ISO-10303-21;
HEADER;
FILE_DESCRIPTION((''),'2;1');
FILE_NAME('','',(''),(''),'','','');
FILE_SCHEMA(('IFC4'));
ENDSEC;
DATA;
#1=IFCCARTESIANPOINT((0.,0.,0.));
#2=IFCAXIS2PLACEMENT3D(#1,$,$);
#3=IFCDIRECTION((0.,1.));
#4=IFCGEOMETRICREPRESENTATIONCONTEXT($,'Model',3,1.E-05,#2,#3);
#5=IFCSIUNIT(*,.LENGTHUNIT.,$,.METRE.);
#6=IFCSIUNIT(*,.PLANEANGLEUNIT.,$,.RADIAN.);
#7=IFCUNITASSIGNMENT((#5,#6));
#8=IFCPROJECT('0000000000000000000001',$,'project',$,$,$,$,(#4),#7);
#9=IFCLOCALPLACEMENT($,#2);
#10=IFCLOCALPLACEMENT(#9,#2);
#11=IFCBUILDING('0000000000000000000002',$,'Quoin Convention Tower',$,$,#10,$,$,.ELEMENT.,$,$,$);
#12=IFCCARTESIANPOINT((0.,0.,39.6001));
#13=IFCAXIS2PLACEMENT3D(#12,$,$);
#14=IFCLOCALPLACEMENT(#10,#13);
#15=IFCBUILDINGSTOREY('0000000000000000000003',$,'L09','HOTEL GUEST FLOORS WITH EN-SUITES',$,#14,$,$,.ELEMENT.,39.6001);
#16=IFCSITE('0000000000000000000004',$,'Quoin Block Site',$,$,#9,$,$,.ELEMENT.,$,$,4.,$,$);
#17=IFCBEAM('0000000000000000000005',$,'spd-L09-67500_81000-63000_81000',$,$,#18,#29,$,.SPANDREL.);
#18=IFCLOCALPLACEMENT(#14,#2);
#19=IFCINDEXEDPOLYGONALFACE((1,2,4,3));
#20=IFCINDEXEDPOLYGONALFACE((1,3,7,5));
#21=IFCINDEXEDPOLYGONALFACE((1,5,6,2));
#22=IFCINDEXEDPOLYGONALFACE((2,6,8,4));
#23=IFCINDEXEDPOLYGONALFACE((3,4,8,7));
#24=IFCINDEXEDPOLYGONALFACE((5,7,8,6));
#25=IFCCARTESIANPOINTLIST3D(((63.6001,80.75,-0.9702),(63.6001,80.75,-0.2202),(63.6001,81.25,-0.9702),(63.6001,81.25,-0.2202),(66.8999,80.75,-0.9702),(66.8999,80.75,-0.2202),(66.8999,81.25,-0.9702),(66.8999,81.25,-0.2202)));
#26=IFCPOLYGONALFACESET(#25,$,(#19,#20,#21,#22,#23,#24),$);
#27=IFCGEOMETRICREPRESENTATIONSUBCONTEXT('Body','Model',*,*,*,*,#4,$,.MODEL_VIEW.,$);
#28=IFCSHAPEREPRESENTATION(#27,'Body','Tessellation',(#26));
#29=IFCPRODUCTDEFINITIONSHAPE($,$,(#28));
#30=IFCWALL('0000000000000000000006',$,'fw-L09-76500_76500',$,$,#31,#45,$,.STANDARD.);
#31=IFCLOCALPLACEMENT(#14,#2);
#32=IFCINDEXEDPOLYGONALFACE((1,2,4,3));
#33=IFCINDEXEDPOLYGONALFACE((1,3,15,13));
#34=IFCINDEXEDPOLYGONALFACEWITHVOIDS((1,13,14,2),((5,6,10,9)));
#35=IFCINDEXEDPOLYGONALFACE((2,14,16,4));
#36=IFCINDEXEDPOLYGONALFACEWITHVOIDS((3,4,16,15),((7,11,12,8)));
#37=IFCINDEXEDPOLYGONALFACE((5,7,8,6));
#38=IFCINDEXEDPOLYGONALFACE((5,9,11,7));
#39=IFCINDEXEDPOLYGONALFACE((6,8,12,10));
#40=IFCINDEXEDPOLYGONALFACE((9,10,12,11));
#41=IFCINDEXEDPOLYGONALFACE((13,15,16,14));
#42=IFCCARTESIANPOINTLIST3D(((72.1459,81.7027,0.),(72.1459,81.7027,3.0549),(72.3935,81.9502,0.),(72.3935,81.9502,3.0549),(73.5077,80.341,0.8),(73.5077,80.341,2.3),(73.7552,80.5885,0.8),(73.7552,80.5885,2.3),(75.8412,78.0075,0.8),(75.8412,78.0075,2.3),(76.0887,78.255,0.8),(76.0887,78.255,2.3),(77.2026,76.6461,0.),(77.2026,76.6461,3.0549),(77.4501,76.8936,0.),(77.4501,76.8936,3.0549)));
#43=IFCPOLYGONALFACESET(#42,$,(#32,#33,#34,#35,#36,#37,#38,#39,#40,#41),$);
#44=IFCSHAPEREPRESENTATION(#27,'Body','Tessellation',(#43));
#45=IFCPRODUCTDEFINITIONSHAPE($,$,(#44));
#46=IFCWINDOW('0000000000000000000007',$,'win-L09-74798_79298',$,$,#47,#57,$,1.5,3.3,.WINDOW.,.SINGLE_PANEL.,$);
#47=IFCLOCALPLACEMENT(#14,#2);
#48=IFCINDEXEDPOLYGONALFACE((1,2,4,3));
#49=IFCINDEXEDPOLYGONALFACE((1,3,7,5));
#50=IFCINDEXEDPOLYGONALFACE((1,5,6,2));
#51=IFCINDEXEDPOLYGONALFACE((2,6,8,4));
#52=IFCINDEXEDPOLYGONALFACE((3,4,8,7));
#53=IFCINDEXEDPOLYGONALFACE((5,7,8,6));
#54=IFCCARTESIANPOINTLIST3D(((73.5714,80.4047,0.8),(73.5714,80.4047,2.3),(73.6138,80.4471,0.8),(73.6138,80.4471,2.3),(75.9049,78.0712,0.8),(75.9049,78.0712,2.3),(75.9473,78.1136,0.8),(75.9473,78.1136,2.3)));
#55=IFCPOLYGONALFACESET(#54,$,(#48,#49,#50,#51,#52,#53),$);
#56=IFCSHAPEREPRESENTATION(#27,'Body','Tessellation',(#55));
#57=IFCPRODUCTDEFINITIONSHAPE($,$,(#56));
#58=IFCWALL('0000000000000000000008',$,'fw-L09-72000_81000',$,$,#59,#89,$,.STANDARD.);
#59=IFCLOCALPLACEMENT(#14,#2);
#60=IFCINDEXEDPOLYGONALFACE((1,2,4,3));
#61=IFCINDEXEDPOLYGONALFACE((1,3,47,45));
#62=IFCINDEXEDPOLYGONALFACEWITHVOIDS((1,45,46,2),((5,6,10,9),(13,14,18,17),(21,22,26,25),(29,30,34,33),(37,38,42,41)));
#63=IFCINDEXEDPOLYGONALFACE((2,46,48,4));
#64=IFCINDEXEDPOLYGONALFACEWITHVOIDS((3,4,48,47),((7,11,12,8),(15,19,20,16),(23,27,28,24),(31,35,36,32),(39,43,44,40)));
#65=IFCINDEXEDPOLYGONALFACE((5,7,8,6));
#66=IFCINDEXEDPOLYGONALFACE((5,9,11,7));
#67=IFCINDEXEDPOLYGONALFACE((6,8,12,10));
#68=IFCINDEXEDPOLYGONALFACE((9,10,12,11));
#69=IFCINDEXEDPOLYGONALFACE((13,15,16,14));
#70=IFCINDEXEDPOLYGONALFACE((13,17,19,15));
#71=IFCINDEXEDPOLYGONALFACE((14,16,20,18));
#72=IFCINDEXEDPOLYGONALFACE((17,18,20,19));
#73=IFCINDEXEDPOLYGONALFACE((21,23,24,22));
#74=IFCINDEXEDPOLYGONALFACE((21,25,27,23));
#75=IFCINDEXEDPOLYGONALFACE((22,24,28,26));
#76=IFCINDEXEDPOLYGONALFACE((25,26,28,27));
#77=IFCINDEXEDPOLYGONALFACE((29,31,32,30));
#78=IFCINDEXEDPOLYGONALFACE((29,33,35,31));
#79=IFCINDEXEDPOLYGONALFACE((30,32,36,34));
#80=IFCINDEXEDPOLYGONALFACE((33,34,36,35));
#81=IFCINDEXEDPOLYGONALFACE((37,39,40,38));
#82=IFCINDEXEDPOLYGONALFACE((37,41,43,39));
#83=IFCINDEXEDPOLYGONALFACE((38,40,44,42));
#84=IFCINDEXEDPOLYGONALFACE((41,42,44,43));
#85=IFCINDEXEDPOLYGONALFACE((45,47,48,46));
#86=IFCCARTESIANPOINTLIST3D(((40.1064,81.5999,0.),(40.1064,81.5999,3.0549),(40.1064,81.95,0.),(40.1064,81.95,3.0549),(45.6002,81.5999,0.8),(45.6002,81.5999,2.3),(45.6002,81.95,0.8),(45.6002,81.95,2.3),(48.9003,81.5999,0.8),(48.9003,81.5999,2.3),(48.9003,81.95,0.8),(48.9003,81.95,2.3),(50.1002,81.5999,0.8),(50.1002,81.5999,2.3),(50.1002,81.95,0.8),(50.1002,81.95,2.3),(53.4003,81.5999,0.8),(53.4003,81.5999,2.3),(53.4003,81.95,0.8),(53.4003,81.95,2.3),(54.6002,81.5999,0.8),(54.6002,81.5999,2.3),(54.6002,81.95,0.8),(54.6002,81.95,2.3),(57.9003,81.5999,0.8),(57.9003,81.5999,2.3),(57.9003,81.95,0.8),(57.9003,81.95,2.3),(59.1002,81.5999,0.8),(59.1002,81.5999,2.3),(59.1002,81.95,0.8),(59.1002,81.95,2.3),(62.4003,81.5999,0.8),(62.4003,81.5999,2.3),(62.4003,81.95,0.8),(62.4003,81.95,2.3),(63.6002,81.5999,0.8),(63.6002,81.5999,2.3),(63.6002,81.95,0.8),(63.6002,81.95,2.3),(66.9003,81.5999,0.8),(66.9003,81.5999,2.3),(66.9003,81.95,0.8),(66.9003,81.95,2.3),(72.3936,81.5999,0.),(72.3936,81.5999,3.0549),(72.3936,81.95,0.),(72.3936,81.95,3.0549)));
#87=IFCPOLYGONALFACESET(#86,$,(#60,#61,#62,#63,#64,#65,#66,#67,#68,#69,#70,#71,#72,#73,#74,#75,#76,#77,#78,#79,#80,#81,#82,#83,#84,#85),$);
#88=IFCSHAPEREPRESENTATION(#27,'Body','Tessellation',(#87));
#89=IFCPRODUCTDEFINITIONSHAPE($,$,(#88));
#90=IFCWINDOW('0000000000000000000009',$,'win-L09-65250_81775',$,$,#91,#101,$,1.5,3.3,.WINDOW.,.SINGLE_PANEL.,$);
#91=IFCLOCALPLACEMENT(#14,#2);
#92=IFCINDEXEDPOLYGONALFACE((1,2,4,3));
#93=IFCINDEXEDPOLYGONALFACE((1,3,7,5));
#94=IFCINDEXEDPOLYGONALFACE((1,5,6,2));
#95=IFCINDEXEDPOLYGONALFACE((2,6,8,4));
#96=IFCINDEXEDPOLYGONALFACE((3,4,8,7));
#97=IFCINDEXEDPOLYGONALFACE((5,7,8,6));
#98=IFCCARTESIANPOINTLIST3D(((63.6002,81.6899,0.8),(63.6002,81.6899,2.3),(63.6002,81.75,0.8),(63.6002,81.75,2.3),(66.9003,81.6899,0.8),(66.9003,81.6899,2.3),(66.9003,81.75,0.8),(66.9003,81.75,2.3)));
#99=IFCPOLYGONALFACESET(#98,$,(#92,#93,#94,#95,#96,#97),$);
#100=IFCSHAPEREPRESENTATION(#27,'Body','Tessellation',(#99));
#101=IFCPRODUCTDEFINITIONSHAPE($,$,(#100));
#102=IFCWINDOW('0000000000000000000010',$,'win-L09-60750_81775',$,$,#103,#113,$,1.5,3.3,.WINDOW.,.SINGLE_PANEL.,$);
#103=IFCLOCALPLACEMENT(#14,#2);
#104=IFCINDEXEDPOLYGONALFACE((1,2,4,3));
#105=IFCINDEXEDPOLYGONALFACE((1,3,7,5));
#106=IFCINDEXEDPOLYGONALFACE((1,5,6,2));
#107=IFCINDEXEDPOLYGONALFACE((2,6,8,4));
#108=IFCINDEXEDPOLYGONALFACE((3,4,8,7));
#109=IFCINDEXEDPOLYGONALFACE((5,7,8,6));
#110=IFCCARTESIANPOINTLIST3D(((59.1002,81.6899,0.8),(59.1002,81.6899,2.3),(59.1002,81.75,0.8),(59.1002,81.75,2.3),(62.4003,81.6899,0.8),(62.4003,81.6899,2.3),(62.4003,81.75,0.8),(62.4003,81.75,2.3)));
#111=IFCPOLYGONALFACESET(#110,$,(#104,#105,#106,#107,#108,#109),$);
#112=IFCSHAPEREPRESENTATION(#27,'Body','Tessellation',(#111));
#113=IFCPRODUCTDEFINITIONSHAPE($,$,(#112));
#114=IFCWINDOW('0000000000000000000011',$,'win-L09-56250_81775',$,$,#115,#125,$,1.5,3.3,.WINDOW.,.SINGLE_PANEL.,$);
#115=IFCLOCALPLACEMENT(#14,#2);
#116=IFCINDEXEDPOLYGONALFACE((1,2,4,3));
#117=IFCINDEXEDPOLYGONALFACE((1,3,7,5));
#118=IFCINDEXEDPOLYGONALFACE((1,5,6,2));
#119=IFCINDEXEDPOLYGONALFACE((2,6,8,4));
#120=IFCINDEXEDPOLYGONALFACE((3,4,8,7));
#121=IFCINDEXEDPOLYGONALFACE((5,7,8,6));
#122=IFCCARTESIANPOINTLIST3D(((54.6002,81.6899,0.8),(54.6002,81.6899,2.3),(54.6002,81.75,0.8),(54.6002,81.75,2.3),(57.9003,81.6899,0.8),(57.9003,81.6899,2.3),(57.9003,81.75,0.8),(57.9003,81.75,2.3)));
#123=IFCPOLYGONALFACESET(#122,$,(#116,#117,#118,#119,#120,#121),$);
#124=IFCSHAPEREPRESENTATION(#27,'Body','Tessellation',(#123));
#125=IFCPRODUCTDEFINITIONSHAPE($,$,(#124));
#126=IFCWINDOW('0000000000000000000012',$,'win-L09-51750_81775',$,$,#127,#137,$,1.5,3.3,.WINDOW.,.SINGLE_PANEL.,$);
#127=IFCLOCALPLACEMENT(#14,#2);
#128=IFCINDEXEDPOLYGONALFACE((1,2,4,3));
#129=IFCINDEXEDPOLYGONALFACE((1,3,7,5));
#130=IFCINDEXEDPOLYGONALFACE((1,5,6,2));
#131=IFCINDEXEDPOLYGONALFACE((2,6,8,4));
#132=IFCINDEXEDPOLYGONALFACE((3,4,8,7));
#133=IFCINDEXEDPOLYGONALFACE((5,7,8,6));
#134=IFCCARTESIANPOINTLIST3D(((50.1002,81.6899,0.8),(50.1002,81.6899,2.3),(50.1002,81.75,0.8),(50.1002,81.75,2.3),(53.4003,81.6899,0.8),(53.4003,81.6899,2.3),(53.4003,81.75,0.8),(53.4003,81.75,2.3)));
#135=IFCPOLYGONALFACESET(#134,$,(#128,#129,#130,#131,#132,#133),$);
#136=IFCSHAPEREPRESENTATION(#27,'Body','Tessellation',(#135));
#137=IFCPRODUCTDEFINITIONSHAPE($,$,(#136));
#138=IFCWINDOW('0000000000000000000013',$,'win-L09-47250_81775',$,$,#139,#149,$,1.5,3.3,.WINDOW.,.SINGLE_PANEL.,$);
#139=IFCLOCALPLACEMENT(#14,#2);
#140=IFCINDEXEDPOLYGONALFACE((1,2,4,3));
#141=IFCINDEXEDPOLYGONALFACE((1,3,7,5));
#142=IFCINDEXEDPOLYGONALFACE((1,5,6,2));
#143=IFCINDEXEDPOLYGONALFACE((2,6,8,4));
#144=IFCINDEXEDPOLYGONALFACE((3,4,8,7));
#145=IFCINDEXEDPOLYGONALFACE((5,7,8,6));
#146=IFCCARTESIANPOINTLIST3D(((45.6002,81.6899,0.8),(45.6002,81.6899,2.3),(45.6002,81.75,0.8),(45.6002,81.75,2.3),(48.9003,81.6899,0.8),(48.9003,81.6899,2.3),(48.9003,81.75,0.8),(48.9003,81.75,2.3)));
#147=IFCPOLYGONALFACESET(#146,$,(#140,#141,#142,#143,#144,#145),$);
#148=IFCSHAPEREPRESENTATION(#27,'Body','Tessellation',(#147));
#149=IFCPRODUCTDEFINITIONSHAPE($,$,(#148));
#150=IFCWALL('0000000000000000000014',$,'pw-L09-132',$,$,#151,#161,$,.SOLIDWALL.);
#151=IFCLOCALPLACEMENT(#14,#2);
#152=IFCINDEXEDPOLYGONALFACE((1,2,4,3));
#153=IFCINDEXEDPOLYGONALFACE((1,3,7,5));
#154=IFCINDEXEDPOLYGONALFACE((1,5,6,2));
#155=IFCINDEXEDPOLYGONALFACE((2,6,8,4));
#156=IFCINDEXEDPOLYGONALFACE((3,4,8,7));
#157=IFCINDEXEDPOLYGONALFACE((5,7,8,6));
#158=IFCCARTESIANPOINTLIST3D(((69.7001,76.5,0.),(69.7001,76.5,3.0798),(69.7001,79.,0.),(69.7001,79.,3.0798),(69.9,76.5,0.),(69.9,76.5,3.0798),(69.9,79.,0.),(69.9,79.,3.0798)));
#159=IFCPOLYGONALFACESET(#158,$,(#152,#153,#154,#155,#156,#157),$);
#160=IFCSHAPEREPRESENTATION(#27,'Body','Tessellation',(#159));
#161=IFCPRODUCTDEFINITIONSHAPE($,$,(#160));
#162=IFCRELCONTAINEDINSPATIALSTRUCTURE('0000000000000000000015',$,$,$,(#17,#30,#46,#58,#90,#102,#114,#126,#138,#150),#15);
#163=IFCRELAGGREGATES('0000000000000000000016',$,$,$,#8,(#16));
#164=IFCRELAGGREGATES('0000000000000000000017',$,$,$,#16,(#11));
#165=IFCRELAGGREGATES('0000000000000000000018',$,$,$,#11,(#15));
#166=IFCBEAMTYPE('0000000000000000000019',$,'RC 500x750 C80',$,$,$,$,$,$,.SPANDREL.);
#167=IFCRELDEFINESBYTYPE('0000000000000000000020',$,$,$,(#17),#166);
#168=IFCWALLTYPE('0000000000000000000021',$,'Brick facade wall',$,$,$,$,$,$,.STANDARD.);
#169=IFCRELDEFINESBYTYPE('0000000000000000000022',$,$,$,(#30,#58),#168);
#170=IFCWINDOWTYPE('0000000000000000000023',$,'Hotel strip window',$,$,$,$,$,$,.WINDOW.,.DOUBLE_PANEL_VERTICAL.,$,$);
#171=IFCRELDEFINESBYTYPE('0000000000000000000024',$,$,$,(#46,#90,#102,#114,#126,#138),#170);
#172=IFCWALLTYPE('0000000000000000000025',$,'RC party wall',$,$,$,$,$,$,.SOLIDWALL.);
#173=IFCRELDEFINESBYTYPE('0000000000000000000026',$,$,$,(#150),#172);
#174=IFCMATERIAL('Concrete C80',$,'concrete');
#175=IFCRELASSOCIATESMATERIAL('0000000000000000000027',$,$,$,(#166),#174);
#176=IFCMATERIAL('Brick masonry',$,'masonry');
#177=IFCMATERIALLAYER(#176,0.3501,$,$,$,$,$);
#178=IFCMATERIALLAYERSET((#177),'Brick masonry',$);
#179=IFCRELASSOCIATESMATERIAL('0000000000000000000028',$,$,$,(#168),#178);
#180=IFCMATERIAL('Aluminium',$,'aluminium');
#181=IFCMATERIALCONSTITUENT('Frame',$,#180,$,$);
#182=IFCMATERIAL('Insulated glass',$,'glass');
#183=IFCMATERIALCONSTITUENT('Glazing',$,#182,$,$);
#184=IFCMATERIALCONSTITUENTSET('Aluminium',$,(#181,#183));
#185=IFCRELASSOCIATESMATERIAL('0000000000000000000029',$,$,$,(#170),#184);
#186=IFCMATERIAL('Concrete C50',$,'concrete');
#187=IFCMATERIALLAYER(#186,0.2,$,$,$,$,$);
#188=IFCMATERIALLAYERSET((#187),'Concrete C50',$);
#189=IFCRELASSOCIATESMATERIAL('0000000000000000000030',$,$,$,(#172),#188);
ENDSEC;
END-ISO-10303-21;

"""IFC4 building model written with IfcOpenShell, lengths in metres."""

from ifc_helpers import new_model, si_unit, direction, frame, frame_2d, origin, origin_2d, place, context, subcontext, project, spatial, rectangle, extrude, material, layer, layer_set, constituent, constituent_set, material_profile, profile_set, type_object, element, fill, save


model = new_model("IFC4")

# Units and contexts
model_context = context("Model", 3, precision=1e-05, world=origin(), true_north=direction((0.0, 1.0)))
body_context = subcontext(model_context, "Body", "Model", "MODEL_VIEW")
ifc_project = project(units=[si_unit("LENGTHUNIT", "METRE"), si_unit("PLANEANGLEUNIT", "RADIAN")], contexts=[model_context])

# Site, building, storey
site_placement = place(None, origin())
site = spatial("IfcSite", under=ifc_project, at=site_placement, Name="Quoin Block Site", CompositionType="ELEMENT", RefElevation=4.0)
building_placement = place(site_placement, origin())
building = spatial("IfcBuilding", under=site, at=building_placement, Name="Quoin Convention Tower", CompositionType="ELEMENT")
storey_placement = place(building_placement, frame((0.0, 0.0, 39.6001)))
storey = spatial("IfcBuildingStorey", under=building, at=storey_placement, Name="L09", Description="HOTEL GUEST FLOORS WITH EN-SUITES", CompositionType="ELEMENT", Elevation=39.6001)

# Shared definitions
ifc_material_1 = material(Name="Concrete C80", Category="concrete")

# Beam
ifc_material_profile_1 = material_profile(ifc_material_1, rectangle(XDim=0.5, YDim=0.75, at=origin_2d()), Name="RC 500x750")
ifc_profile_set_1 = profile_set([ifc_material_profile_1], Name="Concrete C80")
beam_type = type_object("IfcBeamType", Name="RC 500x750 C80", PredefinedType="SPANDREL", material=ifc_profile_set_1)
for number, where, z_axis, x_axis, name in (
    (1, (66.8999, 81.0, -0.5952), (-1.0, 0.0, 0.0), (0.0, -1.0, 0.0), "spd-L09-67500_81000-63000_81000"),
):
    element("IfcBeam", number, at=place(storey_placement, frame(where, z_axis=z_axis, x_axis=x_axis)), inside=storey, type_object=beam_type, Name=name, PredefinedType="SPANDREL", context=body_context, shape_type="SweptSolid", body=[
        extrude(rectangle(XDim=0.5, YDim=0.75, at=origin_2d()), origin(), (0.0, 0.0, 1.0), 3.2998),
    ])

# Wall, opening, window
ifc_material_2 = material(Name="Brick masonry", Category="masonry")
ifc_layer_1 = layer(ifc_material_2, 0.3501)
ifc_layer_set_1 = layer_set([ifc_layer_1], Name="Brick masonry")
wall_type_1 = type_object("IfcWallType", Name="Brick facade wall", PredefinedType="STANDARD", material=ifc_layer_set_1)
wall_1_placement = place(storey_placement, frame((77.3264, 76.7698, 0.0), z_axis=(0.0, 0.0, 1.0), x_axis=(-0.707107, 0.707107, 0.0)))
wall_1 = element("IfcWall", 2, at=wall_1_placement, inside=storey, type_object=wall_type_1, Name="fw-L09-76500_76500", PredefinedType="STANDARD", context=body_context, shape_type="SweptSolid", body=[
    extrude(rectangle(XDim=7.1511, YDim=0.3501, at=frame_2d((3.5757, 0.0))), origin(), (0.0, 0.0, 1.0), 3.0549),
])
opening_1_placement = place(wall_1_placement, frame((1.9255, 0.0, 0.8)))
opening_1 = element("IfcOpeningElement", 3, at=opening_1_placement, cuts=wall_1, PredefinedType="OPENING", context=body_context, shape_type="SweptSolid", body=[
    extrude(rectangle(XDim=3.3, YDim=1.5, at=frame_2d((1.6499, 0.75))), frame((0.0, 0.1851, 0.0), z_axis=(0.0, -1.0, 0.0), x_axis=(1.0, 0.0, 0.0)), (0.0, 0.0, 1.0), 0.3701),
])
ifc_material_3 = material(Name="Aluminium", Category="aluminium")
ifc_constituent_1 = constituent(ifc_material_3, Name="Frame")
ifc_material_4 = material(Name="Insulated glass", Category="glass")
ifc_constituent_2 = constituent(ifc_material_4, Name="Glazing")
ifc_constituent_set = constituent_set(constituents=[ifc_constituent_1, ifc_constituent_2], Name="Aluminium")
window_type = type_object("IfcWindowType", Name="Hotel strip window", PartitioningType="DOUBLE_PANEL_VERTICAL", PredefinedType="WINDOW", material=ifc_constituent_set)
window_1_placement = place(opening_1_placement, origin())
window_1 = element("IfcWindow", 4, at=window_1_placement, inside=storey, type_object=window_type, Name="win-L09-74798_79298", OverallHeight=1.5, OverallWidth=3.3, PartitioningType="SINGLE_PANEL", PredefinedType="WINDOW", context=body_context, shape_type="SweptSolid", body=[
    extrude(rectangle(XDim=3.3, YDim=1.5, at=frame_2d((1.6499, 0.75))), frame((0.0, 0.085, 0.0), z_axis=(0.0, -1.0, 0.0), x_axis=(1.0, 0.0, 0.0)), (0.0, 0.0, 1.0), 0.0601),
])
fill(opening_1, window_1)

# Wall, openings, windows
wall_2_placement = place(storey_placement, frame((72.3936, 81.7749, 0.0), z_axis=(0.0, 0.0, 1.0), x_axis=(-1.0, 0.0, 0.0)))
wall_2 = element("IfcWall", 5, at=wall_2_placement, inside=storey, type_object=wall_type_1, Name="fw-L09-72000_81000", PredefinedType="STANDARD", context=body_context, shape_type="SweptSolid", body=[
    extrude(rectangle(XDim=32.2871, YDim=0.3501, at=frame_2d((16.1436, 0.0))), origin(), (0.0, 0.0, 1.0), 3.0549),
])
opening_2_placement = place(wall_2_placement, frame((5.4934, 0.0, 0.8)))
opening_2 = element("IfcOpeningElement", 6, at=opening_2_placement, cuts=wall_2, PredefinedType="OPENING", context=body_context, shape_type="SweptSolid", body=[
    extrude(rectangle(XDim=3.3, YDim=1.5, at=frame_2d((1.6499, 0.75))), frame((0.0, 0.1851, 0.0), z_axis=(0.0, -1.0, 0.0), x_axis=(1.0, 0.0, 0.0)), (0.0, 0.0, 1.0), 0.3701),
])
opening_3_placement = place(wall_2_placement, frame((9.9934, 0.0, 0.8)))
opening_3 = element("IfcOpeningElement", 7, at=opening_3_placement, cuts=wall_2, PredefinedType="OPENING", context=body_context, shape_type="SweptSolid", body=[
    extrude(rectangle(XDim=3.3, YDim=1.5, at=frame_2d((1.6499, 0.75))), frame((0.0, 0.1851, 0.0), z_axis=(0.0, -1.0, 0.0), x_axis=(1.0, 0.0, 0.0)), (0.0, 0.0, 1.0), 0.3701),
])
opening_4_placement = place(wall_2_placement, frame((14.4934, 0.0, 0.8)))
opening_4 = element("IfcOpeningElement", 8, at=opening_4_placement, cuts=wall_2, PredefinedType="OPENING", context=body_context, shape_type="SweptSolid", body=[
    extrude(rectangle(XDim=3.3, YDim=1.5, at=frame_2d((1.6499, 0.75))), frame((0.0, 0.1851, 0.0), z_axis=(0.0, -1.0, 0.0), x_axis=(1.0, 0.0, 0.0)), (0.0, 0.0, 1.0), 0.3701),
])
opening_5_placement = place(wall_2_placement, frame((18.9934, 0.0, 0.8)))
opening_5 = element("IfcOpeningElement", 9, at=opening_5_placement, cuts=wall_2, PredefinedType="OPENING", context=body_context, shape_type="SweptSolid", body=[
    extrude(rectangle(XDim=3.3, YDim=1.5, at=frame_2d((1.6499, 0.75))), frame((0.0, 0.1851, 0.0), z_axis=(0.0, -1.0, 0.0), x_axis=(1.0, 0.0, 0.0)), (0.0, 0.0, 1.0), 0.3701),
])
opening_6_placement = place(wall_2_placement, frame((23.4934, 0.0, 0.8)))
opening_6 = element("IfcOpeningElement", 10, at=opening_6_placement, cuts=wall_2, PredefinedType="OPENING", context=body_context, shape_type="SweptSolid", body=[
    extrude(rectangle(XDim=3.3, YDim=1.5, at=frame_2d((1.6499, 0.75))), frame((0.0, 0.1851, 0.0), z_axis=(0.0, -1.0, 0.0), x_axis=(1.0, 0.0, 0.0)), (0.0, 0.0, 1.0), 0.3701),
])
window_2_placement = place(opening_2_placement, origin())
window_2 = element("IfcWindow", 11, at=window_2_placement, inside=storey, type_object=window_type, Name="win-L09-65250_81775", OverallHeight=1.5, OverallWidth=3.3, PartitioningType="SINGLE_PANEL", PredefinedType="WINDOW", context=body_context, shape_type="SweptSolid", body=[
    extrude(rectangle(XDim=3.3, YDim=1.5, at=frame_2d((1.6499, 0.75))), frame((0.0, 0.085, 0.0), z_axis=(0.0, -1.0, 0.0), x_axis=(1.0, 0.0, 0.0)), (0.0, 0.0, 1.0), 0.0601),
])
fill(opening_2, window_2)
window_3_placement = place(opening_3_placement, origin())
window_3 = element("IfcWindow", 12, at=window_3_placement, inside=storey, type_object=window_type, Name="win-L09-60750_81775", OverallHeight=1.5, OverallWidth=3.3, PartitioningType="SINGLE_PANEL", PredefinedType="WINDOW", context=body_context, shape_type="SweptSolid", body=[
    extrude(rectangle(XDim=3.3, YDim=1.5, at=frame_2d((1.6499, 0.75))), frame((0.0, 0.085, 0.0), z_axis=(0.0, -1.0, 0.0), x_axis=(1.0, 0.0, 0.0)), (0.0, 0.0, 1.0), 0.0601),
])
fill(opening_3, window_3)
window_4_placement = place(opening_4_placement, origin())
window_4 = element("IfcWindow", 13, at=window_4_placement, inside=storey, type_object=window_type, Name="win-L09-56250_81775", OverallHeight=1.5, OverallWidth=3.3, PartitioningType="SINGLE_PANEL", PredefinedType="WINDOW", context=body_context, shape_type="SweptSolid", body=[
    extrude(rectangle(XDim=3.3, YDim=1.5, at=frame_2d((1.6499, 0.75))), frame((0.0, 0.085, 0.0), z_axis=(0.0, -1.0, 0.0), x_axis=(1.0, 0.0, 0.0)), (0.0, 0.0, 1.0), 0.0601),
])
fill(opening_4, window_4)
window_5_placement = place(opening_5_placement, origin())
window_5 = element("IfcWindow", 14, at=window_5_placement, inside=storey, type_object=window_type, Name="win-L09-51750_81775", OverallHeight=1.5, OverallWidth=3.3, PartitioningType="SINGLE_PANEL", PredefinedType="WINDOW", context=body_context, shape_type="SweptSolid", body=[
    extrude(rectangle(XDim=3.3, YDim=1.5, at=frame_2d((1.6499, 0.75))), frame((0.0, 0.085, 0.0), z_axis=(0.0, -1.0, 0.0), x_axis=(1.0, 0.0, 0.0)), (0.0, 0.0, 1.0), 0.0601),
])
fill(opening_5, window_5)
window_6_placement = place(opening_6_placement, origin())
window_6 = element("IfcWindow", 15, at=window_6_placement, inside=storey, type_object=window_type, Name="win-L09-47250_81775", OverallHeight=1.5, OverallWidth=3.3, PartitioningType="SINGLE_PANEL", PredefinedType="WINDOW", context=body_context, shape_type="SweptSolid", body=[
    extrude(rectangle(XDim=3.3, YDim=1.5, at=frame_2d((1.6499, 0.75))), frame((0.0, 0.085, 0.0), z_axis=(0.0, -1.0, 0.0), x_axis=(1.0, 0.0, 0.0)), (0.0, 0.0, 1.0), 0.0601),
])
fill(opening_6, window_6)

# Wall
ifc_material_5 = material(Name="Concrete C50", Category="concrete")
ifc_layer_2 = layer(ifc_material_5, 0.2)
ifc_layer_set_2 = layer_set([ifc_layer_2], Name="Concrete C50")
wall_type_2 = type_object("IfcWallType", Name="RC party wall", PredefinedType="SOLIDWALL", material=ifc_layer_set_2)
wall_3_placement = place(storey_placement, frame((69.8, 76.5, 0.0), z_axis=(0.0, 0.0, 1.0), x_axis=(0.0, 1.0, 0.0)))
element("IfcWall", 16, at=wall_3_placement, inside=storey, type_object=wall_type_2, Name="pw-L09-132", PredefinedType="SOLIDWALL", context=body_context, shape_type="SweptSolid", body=[
    extrude(rectangle(XDim=2.5, YDim=0.2, at=frame_2d((1.25, 0.0))), origin(), (0.0, 0.0, 1.0), 3.0798),
])

save(model, "model.ifc")
